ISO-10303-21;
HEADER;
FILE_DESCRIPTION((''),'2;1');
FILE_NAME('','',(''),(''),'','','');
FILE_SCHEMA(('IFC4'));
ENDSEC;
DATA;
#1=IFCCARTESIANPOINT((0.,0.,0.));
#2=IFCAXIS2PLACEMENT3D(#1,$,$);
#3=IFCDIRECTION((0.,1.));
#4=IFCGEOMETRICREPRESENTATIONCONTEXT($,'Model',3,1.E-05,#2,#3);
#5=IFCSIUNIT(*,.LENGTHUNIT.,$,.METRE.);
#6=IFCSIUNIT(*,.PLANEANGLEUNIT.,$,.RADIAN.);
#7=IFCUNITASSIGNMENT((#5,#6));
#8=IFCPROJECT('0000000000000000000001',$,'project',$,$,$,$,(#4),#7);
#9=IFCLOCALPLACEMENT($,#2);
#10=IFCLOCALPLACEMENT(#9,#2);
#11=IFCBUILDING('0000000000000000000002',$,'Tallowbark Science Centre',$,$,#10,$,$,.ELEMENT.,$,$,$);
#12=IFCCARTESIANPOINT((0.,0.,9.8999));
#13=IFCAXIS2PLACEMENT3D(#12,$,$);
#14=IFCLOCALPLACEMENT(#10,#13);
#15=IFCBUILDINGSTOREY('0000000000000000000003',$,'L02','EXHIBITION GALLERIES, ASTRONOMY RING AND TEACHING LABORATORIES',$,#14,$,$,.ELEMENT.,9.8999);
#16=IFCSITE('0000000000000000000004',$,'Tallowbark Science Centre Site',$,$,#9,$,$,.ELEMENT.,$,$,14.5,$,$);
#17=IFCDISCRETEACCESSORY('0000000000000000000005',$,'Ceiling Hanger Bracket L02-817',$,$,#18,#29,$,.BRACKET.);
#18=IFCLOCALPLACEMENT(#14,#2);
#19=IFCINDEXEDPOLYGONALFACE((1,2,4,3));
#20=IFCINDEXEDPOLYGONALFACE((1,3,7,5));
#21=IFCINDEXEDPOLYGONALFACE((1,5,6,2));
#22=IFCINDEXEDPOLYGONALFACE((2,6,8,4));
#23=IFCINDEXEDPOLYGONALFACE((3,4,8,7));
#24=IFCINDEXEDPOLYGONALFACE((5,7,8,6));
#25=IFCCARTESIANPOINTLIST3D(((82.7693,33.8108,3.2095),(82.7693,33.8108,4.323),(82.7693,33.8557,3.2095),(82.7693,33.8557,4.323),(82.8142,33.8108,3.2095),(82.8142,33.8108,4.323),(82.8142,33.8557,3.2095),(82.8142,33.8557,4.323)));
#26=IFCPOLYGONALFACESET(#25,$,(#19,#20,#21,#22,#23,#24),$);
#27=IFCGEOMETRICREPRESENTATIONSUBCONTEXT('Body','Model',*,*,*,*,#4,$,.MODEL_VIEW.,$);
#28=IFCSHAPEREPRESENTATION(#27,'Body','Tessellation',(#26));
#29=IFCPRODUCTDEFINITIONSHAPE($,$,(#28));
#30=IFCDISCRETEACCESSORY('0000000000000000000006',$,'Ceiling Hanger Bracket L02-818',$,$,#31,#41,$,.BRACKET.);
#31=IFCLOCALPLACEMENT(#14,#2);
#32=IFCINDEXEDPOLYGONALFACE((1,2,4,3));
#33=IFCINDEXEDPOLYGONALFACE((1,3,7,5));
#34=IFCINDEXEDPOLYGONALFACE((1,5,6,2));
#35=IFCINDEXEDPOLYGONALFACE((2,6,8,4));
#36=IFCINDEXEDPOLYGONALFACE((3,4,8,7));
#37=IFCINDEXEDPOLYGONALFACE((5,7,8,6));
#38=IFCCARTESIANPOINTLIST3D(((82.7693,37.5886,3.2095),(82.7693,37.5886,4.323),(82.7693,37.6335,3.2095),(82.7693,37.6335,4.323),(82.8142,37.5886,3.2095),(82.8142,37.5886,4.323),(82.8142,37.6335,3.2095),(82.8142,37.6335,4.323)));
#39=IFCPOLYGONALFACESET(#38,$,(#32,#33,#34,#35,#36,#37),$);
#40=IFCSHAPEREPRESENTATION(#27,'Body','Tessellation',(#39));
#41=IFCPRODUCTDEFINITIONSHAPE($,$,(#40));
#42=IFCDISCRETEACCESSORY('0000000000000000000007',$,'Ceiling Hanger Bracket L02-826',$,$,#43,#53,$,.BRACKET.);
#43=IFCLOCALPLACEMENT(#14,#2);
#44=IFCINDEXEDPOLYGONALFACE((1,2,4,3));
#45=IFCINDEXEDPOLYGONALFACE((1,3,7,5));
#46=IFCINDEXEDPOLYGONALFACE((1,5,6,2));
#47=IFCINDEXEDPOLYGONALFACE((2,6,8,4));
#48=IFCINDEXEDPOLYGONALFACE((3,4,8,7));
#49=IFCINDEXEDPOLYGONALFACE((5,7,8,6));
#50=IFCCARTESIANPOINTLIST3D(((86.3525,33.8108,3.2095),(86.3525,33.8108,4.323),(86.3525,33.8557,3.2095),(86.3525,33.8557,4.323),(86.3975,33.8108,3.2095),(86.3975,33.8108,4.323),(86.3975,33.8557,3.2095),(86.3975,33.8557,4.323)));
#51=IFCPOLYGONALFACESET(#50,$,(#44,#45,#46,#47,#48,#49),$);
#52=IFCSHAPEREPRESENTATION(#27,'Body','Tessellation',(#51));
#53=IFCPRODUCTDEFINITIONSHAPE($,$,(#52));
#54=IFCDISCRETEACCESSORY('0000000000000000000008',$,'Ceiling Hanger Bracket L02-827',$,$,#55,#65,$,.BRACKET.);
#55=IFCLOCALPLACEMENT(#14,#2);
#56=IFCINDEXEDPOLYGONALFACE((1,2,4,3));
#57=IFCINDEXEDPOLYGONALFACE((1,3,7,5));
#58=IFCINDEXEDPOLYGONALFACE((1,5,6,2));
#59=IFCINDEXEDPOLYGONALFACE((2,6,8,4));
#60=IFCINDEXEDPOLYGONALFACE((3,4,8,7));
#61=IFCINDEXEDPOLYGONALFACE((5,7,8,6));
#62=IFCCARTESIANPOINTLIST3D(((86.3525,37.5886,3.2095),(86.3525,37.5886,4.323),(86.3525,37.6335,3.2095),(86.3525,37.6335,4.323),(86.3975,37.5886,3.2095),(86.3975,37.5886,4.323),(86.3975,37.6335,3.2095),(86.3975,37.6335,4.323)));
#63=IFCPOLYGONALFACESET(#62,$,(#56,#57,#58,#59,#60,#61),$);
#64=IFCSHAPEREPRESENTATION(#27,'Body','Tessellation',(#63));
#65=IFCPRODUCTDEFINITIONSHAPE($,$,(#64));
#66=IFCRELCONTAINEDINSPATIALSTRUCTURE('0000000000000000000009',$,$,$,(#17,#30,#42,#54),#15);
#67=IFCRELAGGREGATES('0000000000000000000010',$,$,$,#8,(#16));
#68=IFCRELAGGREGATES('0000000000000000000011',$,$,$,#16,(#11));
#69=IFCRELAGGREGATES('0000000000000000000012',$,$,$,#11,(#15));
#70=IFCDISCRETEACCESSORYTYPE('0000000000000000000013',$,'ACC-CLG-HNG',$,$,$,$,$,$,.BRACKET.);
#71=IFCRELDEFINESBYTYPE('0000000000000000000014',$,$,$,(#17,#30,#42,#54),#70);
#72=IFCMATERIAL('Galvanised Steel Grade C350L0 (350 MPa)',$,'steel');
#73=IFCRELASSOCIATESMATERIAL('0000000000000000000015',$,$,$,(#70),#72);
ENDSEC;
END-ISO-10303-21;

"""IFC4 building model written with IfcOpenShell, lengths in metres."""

from ifc_helpers import new_model, si_unit, direction, frame, origin, origin_2d, place, context, subcontext, project, spatial, rectangle, extrude, material, type_object, element, save


model = new_model("IFC4")

# Units and contexts
model_context = context("Model", 3, precision=1e-05, world=origin(), true_north=direction((0.0, 1.0)))
body_context = subcontext(model_context, "Body", "Model", "MODEL_VIEW")
ifc_project = project(units=[si_unit("LENGTHUNIT", "METRE"), si_unit("PLANEANGLEUNIT", "RADIAN")], contexts=[model_context])

# Site, building, storey
site_placement = place(None, origin())
site = spatial("IfcSite", under=ifc_project, at=site_placement, Name="Tallowbark Science Centre Site", CompositionType="ELEMENT", RefElevation=14.5)
building_placement = place(site_placement, origin())
building = spatial("IfcBuilding", under=site, at=building_placement, Name="Tallowbark Science Centre", CompositionType="ELEMENT")
storey_placement = place(building_placement, frame((0.0, 0.0, 9.8999)))
storey = spatial("IfcBuildingStorey", under=building, at=storey_placement, Name="L02", Description="EXHIBITION GALLERIES, ASTRONOMY RING AND TEACHING LABORATORIES", CompositionType="ELEMENT", Elevation=9.8999)

# Discrete accessories
ifc_material_1 = material(Name="Galvanised Steel Grade C350L0 (350 MPa)", Category="steel")
discrete_accessory_type_1 = type_object("IfcDiscreteAccessoryType", Name="ACC-CLG-HNG", PredefinedType="BRACKET", material=ifc_material_1)
for number, where, z_axis, x_axis, name in (
    (1, (82.7917, 33.8333, 3.2095), (0.0, 0.0, 1.0), (1.0, 0.0, 0.0), "Ceiling Hanger Bracket L02-817"),
    (2, (82.7917, 37.6111, 3.2095), (0.0, 0.0, 1.0), (1.0, 0.0, 0.0), "Ceiling Hanger Bracket L02-818"),
    (3, (86.375, 33.8333, 3.2095), (0.0, 0.0, 1.0), (1.0, 0.0, 0.0), "Ceiling Hanger Bracket L02-826"),
    (4, (86.375, 37.6111, 3.2095), (0.0, 0.0, 1.0), (1.0, 0.0, 0.0), "Ceiling Hanger Bracket L02-827"),
):
    element("IfcDiscreteAccessory", number, at=place(storey_placement, frame(where, z_axis=z_axis, x_axis=x_axis)), inside=storey, type_object=discrete_accessory_type_1, Name=name, PredefinedType="BRACKET", context=body_context, shape_type="SweptSolid", body=[
        extrude(rectangle(XDim=0.0449, YDim=0.0449, at=origin_2d()), origin(), (0.0, 0.0, 1.0), 1.1135),
    ])

save(model, "model.ifc")
